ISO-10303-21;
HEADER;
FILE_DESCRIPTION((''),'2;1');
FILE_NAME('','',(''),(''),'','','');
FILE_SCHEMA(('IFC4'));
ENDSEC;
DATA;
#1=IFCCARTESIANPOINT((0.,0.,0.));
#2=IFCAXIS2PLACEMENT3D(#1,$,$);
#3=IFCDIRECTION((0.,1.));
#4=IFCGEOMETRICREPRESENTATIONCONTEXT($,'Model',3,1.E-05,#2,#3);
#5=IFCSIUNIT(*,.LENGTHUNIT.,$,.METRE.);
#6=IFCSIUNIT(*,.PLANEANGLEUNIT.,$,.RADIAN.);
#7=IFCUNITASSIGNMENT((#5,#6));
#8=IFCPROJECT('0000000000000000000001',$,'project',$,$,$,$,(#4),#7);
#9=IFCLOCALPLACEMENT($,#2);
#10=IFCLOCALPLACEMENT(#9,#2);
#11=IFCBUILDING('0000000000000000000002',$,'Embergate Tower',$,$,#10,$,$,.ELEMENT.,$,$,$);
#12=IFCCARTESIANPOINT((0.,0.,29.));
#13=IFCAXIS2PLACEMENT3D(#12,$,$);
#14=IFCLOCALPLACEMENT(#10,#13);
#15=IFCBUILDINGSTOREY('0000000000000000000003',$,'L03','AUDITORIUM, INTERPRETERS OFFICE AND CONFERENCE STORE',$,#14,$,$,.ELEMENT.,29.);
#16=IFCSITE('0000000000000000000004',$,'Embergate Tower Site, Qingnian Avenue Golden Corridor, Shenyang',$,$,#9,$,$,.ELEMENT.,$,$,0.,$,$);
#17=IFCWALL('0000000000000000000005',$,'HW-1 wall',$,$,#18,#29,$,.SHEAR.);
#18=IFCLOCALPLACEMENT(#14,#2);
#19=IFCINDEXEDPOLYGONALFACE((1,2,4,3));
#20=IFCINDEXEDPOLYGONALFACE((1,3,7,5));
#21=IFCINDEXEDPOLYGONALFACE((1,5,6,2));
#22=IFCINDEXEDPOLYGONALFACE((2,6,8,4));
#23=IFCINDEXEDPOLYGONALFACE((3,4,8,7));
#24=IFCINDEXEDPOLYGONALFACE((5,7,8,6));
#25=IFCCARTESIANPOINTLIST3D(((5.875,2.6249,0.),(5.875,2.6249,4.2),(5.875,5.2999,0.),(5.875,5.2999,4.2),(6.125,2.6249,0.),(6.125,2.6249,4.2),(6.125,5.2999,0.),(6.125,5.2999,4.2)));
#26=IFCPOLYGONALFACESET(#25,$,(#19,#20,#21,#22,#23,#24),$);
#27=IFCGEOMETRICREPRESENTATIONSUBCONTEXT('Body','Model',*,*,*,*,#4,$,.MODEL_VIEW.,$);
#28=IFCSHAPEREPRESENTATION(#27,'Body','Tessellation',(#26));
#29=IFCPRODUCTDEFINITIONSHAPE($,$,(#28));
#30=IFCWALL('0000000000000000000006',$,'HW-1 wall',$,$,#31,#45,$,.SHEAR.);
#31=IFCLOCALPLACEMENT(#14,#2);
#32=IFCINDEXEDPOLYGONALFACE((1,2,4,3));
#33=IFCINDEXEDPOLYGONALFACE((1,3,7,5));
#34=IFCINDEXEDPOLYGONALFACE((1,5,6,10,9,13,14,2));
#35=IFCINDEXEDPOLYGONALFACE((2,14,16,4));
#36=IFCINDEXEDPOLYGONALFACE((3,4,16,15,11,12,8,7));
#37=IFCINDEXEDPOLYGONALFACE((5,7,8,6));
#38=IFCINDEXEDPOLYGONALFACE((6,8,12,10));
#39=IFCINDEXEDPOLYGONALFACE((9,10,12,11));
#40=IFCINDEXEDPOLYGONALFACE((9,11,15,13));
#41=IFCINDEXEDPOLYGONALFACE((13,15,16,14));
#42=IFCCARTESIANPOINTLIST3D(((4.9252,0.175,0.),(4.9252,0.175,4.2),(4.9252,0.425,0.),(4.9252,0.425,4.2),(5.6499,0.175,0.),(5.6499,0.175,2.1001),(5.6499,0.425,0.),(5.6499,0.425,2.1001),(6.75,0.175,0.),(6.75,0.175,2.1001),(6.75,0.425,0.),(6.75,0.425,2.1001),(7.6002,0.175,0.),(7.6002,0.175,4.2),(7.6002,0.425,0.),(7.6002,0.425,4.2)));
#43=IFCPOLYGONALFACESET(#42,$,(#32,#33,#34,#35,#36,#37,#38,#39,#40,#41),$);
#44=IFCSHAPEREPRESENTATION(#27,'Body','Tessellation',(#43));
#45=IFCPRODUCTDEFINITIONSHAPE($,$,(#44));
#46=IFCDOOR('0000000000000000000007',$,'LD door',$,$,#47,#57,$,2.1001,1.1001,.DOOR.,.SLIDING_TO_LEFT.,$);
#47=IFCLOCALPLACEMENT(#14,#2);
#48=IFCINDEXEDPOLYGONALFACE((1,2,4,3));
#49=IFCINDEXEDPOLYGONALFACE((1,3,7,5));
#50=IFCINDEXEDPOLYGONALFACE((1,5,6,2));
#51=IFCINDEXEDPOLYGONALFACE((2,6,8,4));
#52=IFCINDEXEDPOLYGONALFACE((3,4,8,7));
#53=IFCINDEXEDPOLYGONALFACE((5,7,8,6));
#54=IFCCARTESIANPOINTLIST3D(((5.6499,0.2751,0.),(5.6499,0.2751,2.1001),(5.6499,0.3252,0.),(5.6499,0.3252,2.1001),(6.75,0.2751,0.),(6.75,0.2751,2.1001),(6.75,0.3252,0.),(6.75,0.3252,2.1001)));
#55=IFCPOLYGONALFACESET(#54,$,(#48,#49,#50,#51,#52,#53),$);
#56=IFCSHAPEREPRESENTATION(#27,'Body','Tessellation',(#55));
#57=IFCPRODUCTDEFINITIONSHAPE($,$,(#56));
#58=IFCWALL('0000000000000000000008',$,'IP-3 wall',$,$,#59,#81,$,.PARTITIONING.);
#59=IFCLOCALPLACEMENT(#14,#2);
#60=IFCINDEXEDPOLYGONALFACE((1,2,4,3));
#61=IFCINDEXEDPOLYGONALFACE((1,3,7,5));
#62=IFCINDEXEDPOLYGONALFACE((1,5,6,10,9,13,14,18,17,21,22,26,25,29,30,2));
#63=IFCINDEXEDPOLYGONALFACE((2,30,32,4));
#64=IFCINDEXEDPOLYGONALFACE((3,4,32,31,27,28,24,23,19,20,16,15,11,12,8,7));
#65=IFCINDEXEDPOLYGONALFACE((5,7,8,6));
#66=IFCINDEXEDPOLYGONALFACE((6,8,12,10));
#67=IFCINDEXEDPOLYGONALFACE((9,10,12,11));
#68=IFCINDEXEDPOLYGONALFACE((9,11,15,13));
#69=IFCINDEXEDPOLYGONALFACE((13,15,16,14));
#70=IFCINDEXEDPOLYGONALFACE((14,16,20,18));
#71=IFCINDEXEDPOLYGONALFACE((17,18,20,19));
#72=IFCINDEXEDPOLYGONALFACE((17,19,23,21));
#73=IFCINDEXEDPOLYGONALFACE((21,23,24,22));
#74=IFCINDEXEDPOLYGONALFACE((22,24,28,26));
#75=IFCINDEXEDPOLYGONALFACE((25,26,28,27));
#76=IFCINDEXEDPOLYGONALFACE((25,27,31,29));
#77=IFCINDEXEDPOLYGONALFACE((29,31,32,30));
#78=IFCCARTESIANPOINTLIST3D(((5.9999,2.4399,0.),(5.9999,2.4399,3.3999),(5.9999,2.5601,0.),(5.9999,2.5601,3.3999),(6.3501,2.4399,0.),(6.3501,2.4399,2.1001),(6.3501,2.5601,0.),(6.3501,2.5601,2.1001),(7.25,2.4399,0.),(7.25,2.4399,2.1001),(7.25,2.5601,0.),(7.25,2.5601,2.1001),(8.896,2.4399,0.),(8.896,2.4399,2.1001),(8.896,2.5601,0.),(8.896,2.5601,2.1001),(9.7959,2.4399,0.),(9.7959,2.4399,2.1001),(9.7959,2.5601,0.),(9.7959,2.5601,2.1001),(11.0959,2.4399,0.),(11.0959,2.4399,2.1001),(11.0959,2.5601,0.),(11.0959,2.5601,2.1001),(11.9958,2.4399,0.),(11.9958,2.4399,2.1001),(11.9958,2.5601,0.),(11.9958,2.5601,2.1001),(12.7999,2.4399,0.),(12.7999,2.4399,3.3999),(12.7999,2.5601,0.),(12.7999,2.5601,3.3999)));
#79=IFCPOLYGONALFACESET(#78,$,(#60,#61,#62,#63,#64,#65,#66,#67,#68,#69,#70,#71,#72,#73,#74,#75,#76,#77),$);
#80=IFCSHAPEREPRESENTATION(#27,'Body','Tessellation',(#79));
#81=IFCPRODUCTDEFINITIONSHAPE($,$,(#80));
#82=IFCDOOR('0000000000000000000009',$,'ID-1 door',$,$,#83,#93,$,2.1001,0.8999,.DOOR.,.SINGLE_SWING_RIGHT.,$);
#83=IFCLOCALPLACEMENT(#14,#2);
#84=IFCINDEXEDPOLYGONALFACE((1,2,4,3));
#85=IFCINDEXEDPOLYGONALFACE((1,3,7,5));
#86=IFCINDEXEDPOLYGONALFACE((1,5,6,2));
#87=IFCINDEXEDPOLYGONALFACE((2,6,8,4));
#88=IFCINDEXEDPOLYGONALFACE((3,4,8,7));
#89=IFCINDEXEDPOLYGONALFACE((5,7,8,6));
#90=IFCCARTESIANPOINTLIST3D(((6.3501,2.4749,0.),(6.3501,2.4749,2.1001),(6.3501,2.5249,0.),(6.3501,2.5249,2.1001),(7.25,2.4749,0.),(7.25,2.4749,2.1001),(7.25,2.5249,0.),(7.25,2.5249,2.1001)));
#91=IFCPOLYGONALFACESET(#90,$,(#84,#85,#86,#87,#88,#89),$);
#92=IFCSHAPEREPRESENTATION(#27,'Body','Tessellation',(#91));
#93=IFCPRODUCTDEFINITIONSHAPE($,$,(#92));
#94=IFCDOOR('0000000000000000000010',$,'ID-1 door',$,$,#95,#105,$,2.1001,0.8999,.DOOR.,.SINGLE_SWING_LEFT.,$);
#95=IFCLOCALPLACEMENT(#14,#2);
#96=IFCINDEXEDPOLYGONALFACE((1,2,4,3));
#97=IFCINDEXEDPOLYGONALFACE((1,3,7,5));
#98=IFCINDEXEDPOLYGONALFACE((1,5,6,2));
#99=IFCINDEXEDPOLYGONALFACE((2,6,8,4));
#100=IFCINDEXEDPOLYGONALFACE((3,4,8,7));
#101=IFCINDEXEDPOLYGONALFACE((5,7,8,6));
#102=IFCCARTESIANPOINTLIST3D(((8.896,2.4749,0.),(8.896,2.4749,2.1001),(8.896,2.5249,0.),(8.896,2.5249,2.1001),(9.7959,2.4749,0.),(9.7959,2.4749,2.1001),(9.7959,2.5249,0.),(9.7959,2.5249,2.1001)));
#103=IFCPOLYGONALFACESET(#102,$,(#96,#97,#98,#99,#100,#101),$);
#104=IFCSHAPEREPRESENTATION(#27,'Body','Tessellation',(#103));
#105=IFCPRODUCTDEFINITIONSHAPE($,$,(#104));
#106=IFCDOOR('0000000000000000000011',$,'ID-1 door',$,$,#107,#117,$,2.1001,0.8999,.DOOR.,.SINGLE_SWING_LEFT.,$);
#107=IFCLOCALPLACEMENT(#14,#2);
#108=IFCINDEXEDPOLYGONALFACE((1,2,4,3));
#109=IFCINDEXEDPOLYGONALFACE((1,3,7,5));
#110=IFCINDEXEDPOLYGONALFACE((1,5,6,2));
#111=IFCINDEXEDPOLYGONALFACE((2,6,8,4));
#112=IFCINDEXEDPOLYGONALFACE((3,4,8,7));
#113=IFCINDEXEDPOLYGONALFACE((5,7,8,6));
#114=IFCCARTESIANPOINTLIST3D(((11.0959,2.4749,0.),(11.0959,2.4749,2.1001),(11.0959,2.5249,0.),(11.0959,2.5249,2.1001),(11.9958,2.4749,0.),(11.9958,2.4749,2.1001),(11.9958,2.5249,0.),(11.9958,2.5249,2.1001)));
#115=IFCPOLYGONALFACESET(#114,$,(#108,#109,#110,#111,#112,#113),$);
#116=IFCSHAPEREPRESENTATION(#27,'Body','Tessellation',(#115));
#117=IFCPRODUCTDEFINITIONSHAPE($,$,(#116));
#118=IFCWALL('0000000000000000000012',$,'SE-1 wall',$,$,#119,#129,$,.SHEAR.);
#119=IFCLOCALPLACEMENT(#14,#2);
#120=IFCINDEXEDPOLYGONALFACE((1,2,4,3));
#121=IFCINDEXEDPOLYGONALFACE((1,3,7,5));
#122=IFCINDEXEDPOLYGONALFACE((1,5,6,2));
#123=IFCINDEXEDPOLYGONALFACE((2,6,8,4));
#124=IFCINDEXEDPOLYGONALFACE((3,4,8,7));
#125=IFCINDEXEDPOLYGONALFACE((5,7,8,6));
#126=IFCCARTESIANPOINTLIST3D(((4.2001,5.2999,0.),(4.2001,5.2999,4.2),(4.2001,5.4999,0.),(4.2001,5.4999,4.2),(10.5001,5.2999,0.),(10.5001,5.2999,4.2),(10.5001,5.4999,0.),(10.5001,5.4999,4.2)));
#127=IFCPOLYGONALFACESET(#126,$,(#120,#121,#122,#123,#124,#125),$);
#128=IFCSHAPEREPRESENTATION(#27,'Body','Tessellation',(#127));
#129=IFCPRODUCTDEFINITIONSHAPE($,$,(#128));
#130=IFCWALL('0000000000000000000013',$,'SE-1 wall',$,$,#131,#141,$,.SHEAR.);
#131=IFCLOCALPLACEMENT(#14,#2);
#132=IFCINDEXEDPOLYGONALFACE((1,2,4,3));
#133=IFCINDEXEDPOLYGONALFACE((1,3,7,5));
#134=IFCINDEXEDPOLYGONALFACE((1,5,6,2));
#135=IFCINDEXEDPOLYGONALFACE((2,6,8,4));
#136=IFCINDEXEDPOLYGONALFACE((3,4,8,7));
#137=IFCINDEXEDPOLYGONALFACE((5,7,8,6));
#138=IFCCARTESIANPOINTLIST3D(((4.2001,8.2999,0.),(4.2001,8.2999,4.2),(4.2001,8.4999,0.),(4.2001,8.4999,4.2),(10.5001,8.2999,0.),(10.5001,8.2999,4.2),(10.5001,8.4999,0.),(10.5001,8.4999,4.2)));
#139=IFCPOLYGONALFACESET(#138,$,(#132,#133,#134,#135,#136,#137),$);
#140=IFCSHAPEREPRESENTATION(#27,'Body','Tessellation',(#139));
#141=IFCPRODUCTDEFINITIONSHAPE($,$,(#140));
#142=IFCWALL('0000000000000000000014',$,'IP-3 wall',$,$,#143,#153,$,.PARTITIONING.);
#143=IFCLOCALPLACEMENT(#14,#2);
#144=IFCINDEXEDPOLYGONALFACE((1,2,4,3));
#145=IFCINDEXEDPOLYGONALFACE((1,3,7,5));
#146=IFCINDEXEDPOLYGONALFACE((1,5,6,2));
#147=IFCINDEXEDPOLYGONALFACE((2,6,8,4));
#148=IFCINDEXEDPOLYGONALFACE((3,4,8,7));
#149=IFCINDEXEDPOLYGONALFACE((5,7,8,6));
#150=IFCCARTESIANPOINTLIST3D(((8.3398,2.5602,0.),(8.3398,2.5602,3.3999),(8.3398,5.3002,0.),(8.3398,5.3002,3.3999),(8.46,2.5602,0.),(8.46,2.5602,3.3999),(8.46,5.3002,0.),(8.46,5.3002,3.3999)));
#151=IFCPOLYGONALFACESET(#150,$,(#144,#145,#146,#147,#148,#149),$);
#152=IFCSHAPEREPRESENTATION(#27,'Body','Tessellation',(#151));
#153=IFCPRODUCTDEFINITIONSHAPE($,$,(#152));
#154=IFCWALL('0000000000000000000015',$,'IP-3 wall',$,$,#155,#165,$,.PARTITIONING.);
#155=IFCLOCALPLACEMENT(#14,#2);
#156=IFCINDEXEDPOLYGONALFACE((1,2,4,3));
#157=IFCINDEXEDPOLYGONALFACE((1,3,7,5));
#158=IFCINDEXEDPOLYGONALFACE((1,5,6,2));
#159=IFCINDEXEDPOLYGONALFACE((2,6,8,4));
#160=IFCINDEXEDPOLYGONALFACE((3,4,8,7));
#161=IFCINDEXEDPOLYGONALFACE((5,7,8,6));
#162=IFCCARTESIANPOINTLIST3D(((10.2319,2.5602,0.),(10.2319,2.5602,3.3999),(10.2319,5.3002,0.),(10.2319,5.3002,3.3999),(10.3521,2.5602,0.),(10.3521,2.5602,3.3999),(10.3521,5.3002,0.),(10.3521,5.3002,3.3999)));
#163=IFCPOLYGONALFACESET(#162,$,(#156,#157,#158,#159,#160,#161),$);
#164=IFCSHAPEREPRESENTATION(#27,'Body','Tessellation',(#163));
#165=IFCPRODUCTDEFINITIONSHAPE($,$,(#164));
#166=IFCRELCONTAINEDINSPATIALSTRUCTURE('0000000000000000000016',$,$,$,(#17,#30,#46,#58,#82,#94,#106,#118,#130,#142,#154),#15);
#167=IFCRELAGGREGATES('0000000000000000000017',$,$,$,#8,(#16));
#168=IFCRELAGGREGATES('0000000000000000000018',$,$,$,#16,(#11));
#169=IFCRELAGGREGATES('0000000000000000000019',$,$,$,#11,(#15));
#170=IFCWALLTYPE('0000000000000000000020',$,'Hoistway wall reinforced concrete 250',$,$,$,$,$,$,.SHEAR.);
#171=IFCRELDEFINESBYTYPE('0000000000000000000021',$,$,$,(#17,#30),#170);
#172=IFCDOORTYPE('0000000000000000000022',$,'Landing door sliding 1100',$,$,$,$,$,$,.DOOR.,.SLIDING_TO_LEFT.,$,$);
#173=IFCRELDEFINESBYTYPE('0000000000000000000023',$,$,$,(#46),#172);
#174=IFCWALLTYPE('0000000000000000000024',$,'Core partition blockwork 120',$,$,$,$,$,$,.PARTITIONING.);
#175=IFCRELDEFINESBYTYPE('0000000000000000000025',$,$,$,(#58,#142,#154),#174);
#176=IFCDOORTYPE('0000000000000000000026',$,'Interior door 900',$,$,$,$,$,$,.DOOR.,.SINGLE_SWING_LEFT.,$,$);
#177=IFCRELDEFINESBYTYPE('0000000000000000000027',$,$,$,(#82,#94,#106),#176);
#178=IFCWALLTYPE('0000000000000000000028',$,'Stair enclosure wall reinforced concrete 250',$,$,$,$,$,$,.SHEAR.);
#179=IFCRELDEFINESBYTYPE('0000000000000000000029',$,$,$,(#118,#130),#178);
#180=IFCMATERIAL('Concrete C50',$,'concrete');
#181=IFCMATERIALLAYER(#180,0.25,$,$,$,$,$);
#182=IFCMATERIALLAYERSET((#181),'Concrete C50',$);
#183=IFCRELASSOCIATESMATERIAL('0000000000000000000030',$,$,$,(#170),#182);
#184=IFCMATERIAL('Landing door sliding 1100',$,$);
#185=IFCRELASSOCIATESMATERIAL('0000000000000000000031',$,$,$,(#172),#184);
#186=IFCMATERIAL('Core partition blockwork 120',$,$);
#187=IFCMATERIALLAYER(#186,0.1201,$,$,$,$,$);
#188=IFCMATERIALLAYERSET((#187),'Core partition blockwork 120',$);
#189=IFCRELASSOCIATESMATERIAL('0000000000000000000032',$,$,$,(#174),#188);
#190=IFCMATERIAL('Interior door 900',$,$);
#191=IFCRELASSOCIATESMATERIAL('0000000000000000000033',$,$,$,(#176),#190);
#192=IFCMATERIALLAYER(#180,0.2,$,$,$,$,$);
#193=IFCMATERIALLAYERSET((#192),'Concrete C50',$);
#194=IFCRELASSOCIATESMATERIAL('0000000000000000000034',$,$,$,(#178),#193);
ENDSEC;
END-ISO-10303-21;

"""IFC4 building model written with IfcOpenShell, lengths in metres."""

from ifc_helpers import new_model, si_unit, direction, frame, frame_2d, origin, place, context, subcontext, project, spatial, rectangle, extrude, source, transform, mapped, material, layer, layer_set, type_object, element, fill, save


model = new_model("IFC4")

# Units and contexts
model_context = context("Model", 3, precision=1e-05, world=origin(), true_north=direction((0.0, 1.0)))
body_context = subcontext(model_context, "Body", "Model", "MODEL_VIEW")
ifc_project = project(units=[si_unit("LENGTHUNIT", "METRE"), si_unit("PLANEANGLEUNIT", "RADIAN")], contexts=[model_context])

# Site, building, storey
site_placement = place(None, origin())
site = spatial("IfcSite", under=ifc_project, at=site_placement, Name="Embergate Tower Site, Qingnian Avenue Golden Corridor, Shenyang", CompositionType="ELEMENT", RefElevation=0.0)
building_placement = place(site_placement, origin())
building = spatial("IfcBuilding", under=site, at=building_placement, Name="Embergate Tower", CompositionType="ELEMENT")
storey_placement = place(building_placement, frame((0.0, 0.0, 29.0)))
storey = spatial("IfcBuildingStorey", under=building, at=storey_placement, Name="L03", Description="AUDITORIUM, INTERPRETERS OFFICE AND CONFERENCE STORE", CompositionType="ELEMENT", Elevation=29.0)

# Wall
ifc_material_1 = material(Name="Concrete C50", Category="concrete")
ifc_layer_1 = layer(ifc_material_1, 0.25)
ifc_layer_set_1 = layer_set([ifc_layer_1], Name="Concrete C50")
wall_type_1 = type_object("IfcWallType", Name="Hoistway wall reinforced concrete 250", PredefinedType="SHEAR", material=ifc_layer_set_1)
shared_shape_1 = source(origin(), body_context, "Body", "SweptSolid", [
    extrude(rectangle(XDim=2.675, YDim=0.25, at=frame_2d((1.3374, 0.0))), origin(), (0.0, 0.0, 1.0), 4.2),
])
wall_1_placement = place(storey_placement, frame((6.0, 2.625, 0.0), z_axis=(0.0, 0.0, 1.0), x_axis=(0.0, 1.0, 0.0)))
element("IfcWall", 1, at=wall_1_placement, inside=storey, type_object=wall_type_1, Name="HW-1 wall", PredefinedType="SHEAR", context=body_context, shape_type="MappedRepresentation", body=[
    mapped(shared_shape_1, transform((0.0, 0.0, 0.0))),
])

# Wall, opening, door
wall_2_placement = place(storey_placement, frame((7.6001, 0.3, 0.0), z_axis=(0.0, 0.0, 1.0), x_axis=(-1.0, 0.0, 0.0)))
wall_2 = element("IfcWall", 2, at=wall_2_placement, inside=storey, type_object=wall_type_1, Name="HW-1 wall", PredefinedType="SHEAR", context=body_context, shape_type="MappedRepresentation", body=[
    mapped(shared_shape_1, transform((0.0, 0.0, 0.0))),
])
shared_shape_2 = source(origin(), body_context, "Body", "SweptSolid", [
    extrude(rectangle(XDim=1.1001, YDim=2.1001, at=frame_2d((0.55, 1.05))), frame((0.0, 0.135, 0.0), z_axis=(0.0, -1.0, 0.0), x_axis=(1.0, 0.0, 0.0)), (0.0, 0.0, 1.0), 0.27),
])
opening_1_placement = place(wall_2_placement, frame((0.8501, 0.0, 0.0)))
opening_1 = element("IfcOpeningElement", 3, at=opening_1_placement, cuts=wall_2, PredefinedType="OPENING", context=body_context, shape_type="MappedRepresentation", body=[
    mapped(shared_shape_2, transform((0.0, 0.0, 0.0))),
])
ifc_material_2 = material(Name="Landing door sliding 1100")
door_type_1 = type_object("IfcDoorType", Name="Landing door sliding 1100", OperationType="SLIDING_TO_LEFT", PredefinedType="DOOR", material=ifc_material_2)
shared_shape_3 = source(origin(), body_context, "Body", "SweptSolid", [
    extrude(rectangle(XDim=1.1001, YDim=2.1001, at=frame_2d((0.55, 1.05))), frame((0.0, 0.0249, 0.0), z_axis=(0.0, -1.0, 0.0), x_axis=(1.0, 0.0, 0.0)), (0.0, 0.0, 1.0), 0.05),
])
door_1_placement = place(opening_1_placement, origin())
door_1 = element("IfcDoor", 4, at=door_1_placement, inside=storey, type_object=door_type_1, Name="LD door", OperationType="SLIDING_TO_LEFT", OverallHeight=2.1001, OverallWidth=1.1001, PredefinedType="DOOR", context=body_context, shape_type="MappedRepresentation", body=[
    mapped(shared_shape_3, transform((0.0, 0.0, 0.0))),
])
fill(opening_1, door_1)

# Wall, openings, doors
ifc_material_3 = material(Name="Core partition blockwork 120")
ifc_layer_2 = layer(ifc_material_3, 0.1201)
ifc_layer_set_2 = layer_set([ifc_layer_2], Name="Core partition blockwork 120")
wall_type_2 = type_object("IfcWallType", Name="Core partition blockwork 120", PredefinedType="PARTITIONING", material=ifc_layer_set_2)
shared_shape_4 = source(origin(), body_context, "Body", "SweptSolid", [
    extrude(rectangle(XDim=6.8, YDim=0.1201, at=frame_2d((3.3999, 0.0))), origin(), (0.0, 0.0, 1.0), 3.3999),
])
wall_3_placement = place(storey_placement, frame((6.0, 2.5, 0.0), z_axis=(0.0, 0.0, 1.0), x_axis=(1.0, 0.0, 0.0)))
wall_3 = element("IfcWall", 5, at=wall_3_placement, inside=storey, type_object=wall_type_2, Name="IP-3 wall", PredefinedType="PARTITIONING", context=body_context, shape_type="MappedRepresentation", body=[
    mapped(shared_shape_4, transform((0.0, 0.0, 0.0))),
])
shared_shape_5 = source(origin(), body_context, "Body", "SweptSolid", [
    extrude(rectangle(XDim=0.8999, YDim=2.1001, at=frame_2d((0.45, 1.05))), frame((0.0, 0.0701, 0.0), z_axis=(0.0, -1.0, 0.0), x_axis=(1.0, 0.0, 0.0)), (0.0, 0.0, 1.0), 0.1401),
])
opening_2_placement = place(wall_3_placement, frame((0.3501, 0.0, 0.0)))
opening_2 = element("IfcOpeningElement", 6, at=opening_2_placement, cuts=wall_3, PredefinedType="OPENING", context=body_context, shape_type="MappedRepresentation", body=[
    mapped(shared_shape_5, transform((0.0, 0.0, 0.0))),
])
opening_3_placement = place(wall_3_placement, frame((2.896, 0.0, 0.0)))
opening_3 = element("IfcOpeningElement", 7, at=opening_3_placement, cuts=wall_3, PredefinedType="OPENING", context=body_context, shape_type="MappedRepresentation", body=[
    mapped(shared_shape_5, transform((0.0, 0.0, 0.0))),
])
opening_4_placement = place(wall_3_placement, frame((5.0959, 0.0, 0.0)))
opening_4 = element("IfcOpeningElement", 8, at=opening_4_placement, cuts=wall_3, PredefinedType="OPENING", context=body_context, shape_type="MappedRepresentation", body=[
    mapped(shared_shape_5, transform((0.0, 0.0, 0.0))),
])
ifc_material_4 = material(Name="Interior door 900")
door_type_2 = type_object("IfcDoorType", Name="Interior door 900", OperationType="SINGLE_SWING_LEFT", PredefinedType="DOOR", material=ifc_material_4)
shared_shape_6 = source(origin(), body_context, "Body", "SweptSolid", [
    extrude(rectangle(XDim=0.8999, YDim=2.1001, at=frame_2d((0.45, 1.05))), frame((0.0, 0.0249, 0.0), z_axis=(0.0, -1.0, 0.0), x_axis=(1.0, 0.0, 0.0)), (0.0, 0.0, 1.0), 0.05),
])
door_2_placement = place(opening_2_placement, origin())
door_2 = element("IfcDoor", 9, at=door_2_placement, inside=storey, type_object=door_type_2, Name="ID-1 door", OperationType="SINGLE_SWING_RIGHT", OverallHeight=2.1001, OverallWidth=0.8999, PredefinedType="DOOR", context=body_context, shape_type="MappedRepresentation", body=[
    mapped(shared_shape_6, transform((0.0, 0.0, 0.0))),
])
fill(opening_2, door_2)
door_3_placement = place(opening_3_placement, origin())
door_3 = element("IfcDoor", 10, at=door_3_placement, inside=storey, type_object=door_type_2, Name="ID-1 door", OperationType="SINGLE_SWING_LEFT", OverallHeight=2.1001, OverallWidth=0.8999, PredefinedType="DOOR", context=body_context, shape_type="MappedRepresentation", body=[
    mapped(shared_shape_6, transform((0.0, 0.0, 0.0))),
])
fill(opening_3, door_3)
door_4_placement = place(opening_4_placement, origin())
door_4 = element("IfcDoor", 11, at=door_4_placement, inside=storey, type_object=door_type_2, Name="ID-1 door", OperationType="SINGLE_SWING_LEFT", OverallHeight=2.1001, OverallWidth=0.8999, PredefinedType="DOOR", context=body_context, shape_type="MappedRepresentation", body=[
    mapped(shared_shape_6, transform((0.0, 0.0, 0.0))),
])
fill(opening_4, door_4)

# Walls
ifc_layer_3 = layer(ifc_material_1, 0.2)
ifc_layer_set_3 = layer_set([ifc_layer_3], Name="Concrete C50")
wall_type_3 = type_object("IfcWallType", Name="Stair enclosure wall reinforced concrete 250", PredefinedType="SHEAR", material=ifc_layer_set_3)
shared_shape_7 = source(origin(), body_context, "Body", "SweptSolid", [
    extrude(rectangle(XDim=6.3, YDim=0.2, at=frame_2d((3.1499, 0.0))), origin(), (0.0, 0.0, 1.0), 4.2),
])
for number, where, z_axis, x_axis, name in (
    (12, (10.5, 5.3999, 0.0), (0.0, 0.0, 1.0), (-1.0, 0.0, 0.0), "SE-1 wall"),
    (13, (10.5, 8.3999, 0.0), (0.0, 0.0, 1.0), (-1.0, 0.0, 0.0), "SE-1 wall"),
):
    element("IfcWall", number, at=place(storey_placement, frame(where, z_axis=z_axis, x_axis=x_axis)), inside=storey, type_object=wall_type_3, Name=name, PredefinedType="SHEAR", context=body_context, shape_type="MappedRepresentation", body=[
        mapped(shared_shape_7, transform((0.0, 0.0, 0.0))),
    ])
shared_shape_8 = source(origin(), body_context, "Body", "SweptSolid", [
    extrude(rectangle(XDim=2.74, YDim=0.1201, at=frame_2d((1.3701, 0.0))), origin(), (0.0, 0.0, 1.0), 3.3999),
])
for number, where, z_axis, x_axis, name in (
    (14, (8.3999, 2.5601, 0.0), (0.0, 0.0, 1.0), (0.0, 1.0, 0.0), "IP-3 wall"),
    (15, (10.292, 2.5601, 0.0), (0.0, 0.0, 1.0), (0.0, 1.0, 0.0), "IP-3 wall"),
):
    element("IfcWall", number, at=place(storey_placement, frame(where, z_axis=z_axis, x_axis=x_axis)), inside=storey, type_object=wall_type_2, Name=name, PredefinedType="PARTITIONING", context=body_context, shape_type="MappedRepresentation", body=[
        mapped(shared_shape_8, transform((0.0, 0.0, 0.0))),
    ])

save(model, "model.ifc")
